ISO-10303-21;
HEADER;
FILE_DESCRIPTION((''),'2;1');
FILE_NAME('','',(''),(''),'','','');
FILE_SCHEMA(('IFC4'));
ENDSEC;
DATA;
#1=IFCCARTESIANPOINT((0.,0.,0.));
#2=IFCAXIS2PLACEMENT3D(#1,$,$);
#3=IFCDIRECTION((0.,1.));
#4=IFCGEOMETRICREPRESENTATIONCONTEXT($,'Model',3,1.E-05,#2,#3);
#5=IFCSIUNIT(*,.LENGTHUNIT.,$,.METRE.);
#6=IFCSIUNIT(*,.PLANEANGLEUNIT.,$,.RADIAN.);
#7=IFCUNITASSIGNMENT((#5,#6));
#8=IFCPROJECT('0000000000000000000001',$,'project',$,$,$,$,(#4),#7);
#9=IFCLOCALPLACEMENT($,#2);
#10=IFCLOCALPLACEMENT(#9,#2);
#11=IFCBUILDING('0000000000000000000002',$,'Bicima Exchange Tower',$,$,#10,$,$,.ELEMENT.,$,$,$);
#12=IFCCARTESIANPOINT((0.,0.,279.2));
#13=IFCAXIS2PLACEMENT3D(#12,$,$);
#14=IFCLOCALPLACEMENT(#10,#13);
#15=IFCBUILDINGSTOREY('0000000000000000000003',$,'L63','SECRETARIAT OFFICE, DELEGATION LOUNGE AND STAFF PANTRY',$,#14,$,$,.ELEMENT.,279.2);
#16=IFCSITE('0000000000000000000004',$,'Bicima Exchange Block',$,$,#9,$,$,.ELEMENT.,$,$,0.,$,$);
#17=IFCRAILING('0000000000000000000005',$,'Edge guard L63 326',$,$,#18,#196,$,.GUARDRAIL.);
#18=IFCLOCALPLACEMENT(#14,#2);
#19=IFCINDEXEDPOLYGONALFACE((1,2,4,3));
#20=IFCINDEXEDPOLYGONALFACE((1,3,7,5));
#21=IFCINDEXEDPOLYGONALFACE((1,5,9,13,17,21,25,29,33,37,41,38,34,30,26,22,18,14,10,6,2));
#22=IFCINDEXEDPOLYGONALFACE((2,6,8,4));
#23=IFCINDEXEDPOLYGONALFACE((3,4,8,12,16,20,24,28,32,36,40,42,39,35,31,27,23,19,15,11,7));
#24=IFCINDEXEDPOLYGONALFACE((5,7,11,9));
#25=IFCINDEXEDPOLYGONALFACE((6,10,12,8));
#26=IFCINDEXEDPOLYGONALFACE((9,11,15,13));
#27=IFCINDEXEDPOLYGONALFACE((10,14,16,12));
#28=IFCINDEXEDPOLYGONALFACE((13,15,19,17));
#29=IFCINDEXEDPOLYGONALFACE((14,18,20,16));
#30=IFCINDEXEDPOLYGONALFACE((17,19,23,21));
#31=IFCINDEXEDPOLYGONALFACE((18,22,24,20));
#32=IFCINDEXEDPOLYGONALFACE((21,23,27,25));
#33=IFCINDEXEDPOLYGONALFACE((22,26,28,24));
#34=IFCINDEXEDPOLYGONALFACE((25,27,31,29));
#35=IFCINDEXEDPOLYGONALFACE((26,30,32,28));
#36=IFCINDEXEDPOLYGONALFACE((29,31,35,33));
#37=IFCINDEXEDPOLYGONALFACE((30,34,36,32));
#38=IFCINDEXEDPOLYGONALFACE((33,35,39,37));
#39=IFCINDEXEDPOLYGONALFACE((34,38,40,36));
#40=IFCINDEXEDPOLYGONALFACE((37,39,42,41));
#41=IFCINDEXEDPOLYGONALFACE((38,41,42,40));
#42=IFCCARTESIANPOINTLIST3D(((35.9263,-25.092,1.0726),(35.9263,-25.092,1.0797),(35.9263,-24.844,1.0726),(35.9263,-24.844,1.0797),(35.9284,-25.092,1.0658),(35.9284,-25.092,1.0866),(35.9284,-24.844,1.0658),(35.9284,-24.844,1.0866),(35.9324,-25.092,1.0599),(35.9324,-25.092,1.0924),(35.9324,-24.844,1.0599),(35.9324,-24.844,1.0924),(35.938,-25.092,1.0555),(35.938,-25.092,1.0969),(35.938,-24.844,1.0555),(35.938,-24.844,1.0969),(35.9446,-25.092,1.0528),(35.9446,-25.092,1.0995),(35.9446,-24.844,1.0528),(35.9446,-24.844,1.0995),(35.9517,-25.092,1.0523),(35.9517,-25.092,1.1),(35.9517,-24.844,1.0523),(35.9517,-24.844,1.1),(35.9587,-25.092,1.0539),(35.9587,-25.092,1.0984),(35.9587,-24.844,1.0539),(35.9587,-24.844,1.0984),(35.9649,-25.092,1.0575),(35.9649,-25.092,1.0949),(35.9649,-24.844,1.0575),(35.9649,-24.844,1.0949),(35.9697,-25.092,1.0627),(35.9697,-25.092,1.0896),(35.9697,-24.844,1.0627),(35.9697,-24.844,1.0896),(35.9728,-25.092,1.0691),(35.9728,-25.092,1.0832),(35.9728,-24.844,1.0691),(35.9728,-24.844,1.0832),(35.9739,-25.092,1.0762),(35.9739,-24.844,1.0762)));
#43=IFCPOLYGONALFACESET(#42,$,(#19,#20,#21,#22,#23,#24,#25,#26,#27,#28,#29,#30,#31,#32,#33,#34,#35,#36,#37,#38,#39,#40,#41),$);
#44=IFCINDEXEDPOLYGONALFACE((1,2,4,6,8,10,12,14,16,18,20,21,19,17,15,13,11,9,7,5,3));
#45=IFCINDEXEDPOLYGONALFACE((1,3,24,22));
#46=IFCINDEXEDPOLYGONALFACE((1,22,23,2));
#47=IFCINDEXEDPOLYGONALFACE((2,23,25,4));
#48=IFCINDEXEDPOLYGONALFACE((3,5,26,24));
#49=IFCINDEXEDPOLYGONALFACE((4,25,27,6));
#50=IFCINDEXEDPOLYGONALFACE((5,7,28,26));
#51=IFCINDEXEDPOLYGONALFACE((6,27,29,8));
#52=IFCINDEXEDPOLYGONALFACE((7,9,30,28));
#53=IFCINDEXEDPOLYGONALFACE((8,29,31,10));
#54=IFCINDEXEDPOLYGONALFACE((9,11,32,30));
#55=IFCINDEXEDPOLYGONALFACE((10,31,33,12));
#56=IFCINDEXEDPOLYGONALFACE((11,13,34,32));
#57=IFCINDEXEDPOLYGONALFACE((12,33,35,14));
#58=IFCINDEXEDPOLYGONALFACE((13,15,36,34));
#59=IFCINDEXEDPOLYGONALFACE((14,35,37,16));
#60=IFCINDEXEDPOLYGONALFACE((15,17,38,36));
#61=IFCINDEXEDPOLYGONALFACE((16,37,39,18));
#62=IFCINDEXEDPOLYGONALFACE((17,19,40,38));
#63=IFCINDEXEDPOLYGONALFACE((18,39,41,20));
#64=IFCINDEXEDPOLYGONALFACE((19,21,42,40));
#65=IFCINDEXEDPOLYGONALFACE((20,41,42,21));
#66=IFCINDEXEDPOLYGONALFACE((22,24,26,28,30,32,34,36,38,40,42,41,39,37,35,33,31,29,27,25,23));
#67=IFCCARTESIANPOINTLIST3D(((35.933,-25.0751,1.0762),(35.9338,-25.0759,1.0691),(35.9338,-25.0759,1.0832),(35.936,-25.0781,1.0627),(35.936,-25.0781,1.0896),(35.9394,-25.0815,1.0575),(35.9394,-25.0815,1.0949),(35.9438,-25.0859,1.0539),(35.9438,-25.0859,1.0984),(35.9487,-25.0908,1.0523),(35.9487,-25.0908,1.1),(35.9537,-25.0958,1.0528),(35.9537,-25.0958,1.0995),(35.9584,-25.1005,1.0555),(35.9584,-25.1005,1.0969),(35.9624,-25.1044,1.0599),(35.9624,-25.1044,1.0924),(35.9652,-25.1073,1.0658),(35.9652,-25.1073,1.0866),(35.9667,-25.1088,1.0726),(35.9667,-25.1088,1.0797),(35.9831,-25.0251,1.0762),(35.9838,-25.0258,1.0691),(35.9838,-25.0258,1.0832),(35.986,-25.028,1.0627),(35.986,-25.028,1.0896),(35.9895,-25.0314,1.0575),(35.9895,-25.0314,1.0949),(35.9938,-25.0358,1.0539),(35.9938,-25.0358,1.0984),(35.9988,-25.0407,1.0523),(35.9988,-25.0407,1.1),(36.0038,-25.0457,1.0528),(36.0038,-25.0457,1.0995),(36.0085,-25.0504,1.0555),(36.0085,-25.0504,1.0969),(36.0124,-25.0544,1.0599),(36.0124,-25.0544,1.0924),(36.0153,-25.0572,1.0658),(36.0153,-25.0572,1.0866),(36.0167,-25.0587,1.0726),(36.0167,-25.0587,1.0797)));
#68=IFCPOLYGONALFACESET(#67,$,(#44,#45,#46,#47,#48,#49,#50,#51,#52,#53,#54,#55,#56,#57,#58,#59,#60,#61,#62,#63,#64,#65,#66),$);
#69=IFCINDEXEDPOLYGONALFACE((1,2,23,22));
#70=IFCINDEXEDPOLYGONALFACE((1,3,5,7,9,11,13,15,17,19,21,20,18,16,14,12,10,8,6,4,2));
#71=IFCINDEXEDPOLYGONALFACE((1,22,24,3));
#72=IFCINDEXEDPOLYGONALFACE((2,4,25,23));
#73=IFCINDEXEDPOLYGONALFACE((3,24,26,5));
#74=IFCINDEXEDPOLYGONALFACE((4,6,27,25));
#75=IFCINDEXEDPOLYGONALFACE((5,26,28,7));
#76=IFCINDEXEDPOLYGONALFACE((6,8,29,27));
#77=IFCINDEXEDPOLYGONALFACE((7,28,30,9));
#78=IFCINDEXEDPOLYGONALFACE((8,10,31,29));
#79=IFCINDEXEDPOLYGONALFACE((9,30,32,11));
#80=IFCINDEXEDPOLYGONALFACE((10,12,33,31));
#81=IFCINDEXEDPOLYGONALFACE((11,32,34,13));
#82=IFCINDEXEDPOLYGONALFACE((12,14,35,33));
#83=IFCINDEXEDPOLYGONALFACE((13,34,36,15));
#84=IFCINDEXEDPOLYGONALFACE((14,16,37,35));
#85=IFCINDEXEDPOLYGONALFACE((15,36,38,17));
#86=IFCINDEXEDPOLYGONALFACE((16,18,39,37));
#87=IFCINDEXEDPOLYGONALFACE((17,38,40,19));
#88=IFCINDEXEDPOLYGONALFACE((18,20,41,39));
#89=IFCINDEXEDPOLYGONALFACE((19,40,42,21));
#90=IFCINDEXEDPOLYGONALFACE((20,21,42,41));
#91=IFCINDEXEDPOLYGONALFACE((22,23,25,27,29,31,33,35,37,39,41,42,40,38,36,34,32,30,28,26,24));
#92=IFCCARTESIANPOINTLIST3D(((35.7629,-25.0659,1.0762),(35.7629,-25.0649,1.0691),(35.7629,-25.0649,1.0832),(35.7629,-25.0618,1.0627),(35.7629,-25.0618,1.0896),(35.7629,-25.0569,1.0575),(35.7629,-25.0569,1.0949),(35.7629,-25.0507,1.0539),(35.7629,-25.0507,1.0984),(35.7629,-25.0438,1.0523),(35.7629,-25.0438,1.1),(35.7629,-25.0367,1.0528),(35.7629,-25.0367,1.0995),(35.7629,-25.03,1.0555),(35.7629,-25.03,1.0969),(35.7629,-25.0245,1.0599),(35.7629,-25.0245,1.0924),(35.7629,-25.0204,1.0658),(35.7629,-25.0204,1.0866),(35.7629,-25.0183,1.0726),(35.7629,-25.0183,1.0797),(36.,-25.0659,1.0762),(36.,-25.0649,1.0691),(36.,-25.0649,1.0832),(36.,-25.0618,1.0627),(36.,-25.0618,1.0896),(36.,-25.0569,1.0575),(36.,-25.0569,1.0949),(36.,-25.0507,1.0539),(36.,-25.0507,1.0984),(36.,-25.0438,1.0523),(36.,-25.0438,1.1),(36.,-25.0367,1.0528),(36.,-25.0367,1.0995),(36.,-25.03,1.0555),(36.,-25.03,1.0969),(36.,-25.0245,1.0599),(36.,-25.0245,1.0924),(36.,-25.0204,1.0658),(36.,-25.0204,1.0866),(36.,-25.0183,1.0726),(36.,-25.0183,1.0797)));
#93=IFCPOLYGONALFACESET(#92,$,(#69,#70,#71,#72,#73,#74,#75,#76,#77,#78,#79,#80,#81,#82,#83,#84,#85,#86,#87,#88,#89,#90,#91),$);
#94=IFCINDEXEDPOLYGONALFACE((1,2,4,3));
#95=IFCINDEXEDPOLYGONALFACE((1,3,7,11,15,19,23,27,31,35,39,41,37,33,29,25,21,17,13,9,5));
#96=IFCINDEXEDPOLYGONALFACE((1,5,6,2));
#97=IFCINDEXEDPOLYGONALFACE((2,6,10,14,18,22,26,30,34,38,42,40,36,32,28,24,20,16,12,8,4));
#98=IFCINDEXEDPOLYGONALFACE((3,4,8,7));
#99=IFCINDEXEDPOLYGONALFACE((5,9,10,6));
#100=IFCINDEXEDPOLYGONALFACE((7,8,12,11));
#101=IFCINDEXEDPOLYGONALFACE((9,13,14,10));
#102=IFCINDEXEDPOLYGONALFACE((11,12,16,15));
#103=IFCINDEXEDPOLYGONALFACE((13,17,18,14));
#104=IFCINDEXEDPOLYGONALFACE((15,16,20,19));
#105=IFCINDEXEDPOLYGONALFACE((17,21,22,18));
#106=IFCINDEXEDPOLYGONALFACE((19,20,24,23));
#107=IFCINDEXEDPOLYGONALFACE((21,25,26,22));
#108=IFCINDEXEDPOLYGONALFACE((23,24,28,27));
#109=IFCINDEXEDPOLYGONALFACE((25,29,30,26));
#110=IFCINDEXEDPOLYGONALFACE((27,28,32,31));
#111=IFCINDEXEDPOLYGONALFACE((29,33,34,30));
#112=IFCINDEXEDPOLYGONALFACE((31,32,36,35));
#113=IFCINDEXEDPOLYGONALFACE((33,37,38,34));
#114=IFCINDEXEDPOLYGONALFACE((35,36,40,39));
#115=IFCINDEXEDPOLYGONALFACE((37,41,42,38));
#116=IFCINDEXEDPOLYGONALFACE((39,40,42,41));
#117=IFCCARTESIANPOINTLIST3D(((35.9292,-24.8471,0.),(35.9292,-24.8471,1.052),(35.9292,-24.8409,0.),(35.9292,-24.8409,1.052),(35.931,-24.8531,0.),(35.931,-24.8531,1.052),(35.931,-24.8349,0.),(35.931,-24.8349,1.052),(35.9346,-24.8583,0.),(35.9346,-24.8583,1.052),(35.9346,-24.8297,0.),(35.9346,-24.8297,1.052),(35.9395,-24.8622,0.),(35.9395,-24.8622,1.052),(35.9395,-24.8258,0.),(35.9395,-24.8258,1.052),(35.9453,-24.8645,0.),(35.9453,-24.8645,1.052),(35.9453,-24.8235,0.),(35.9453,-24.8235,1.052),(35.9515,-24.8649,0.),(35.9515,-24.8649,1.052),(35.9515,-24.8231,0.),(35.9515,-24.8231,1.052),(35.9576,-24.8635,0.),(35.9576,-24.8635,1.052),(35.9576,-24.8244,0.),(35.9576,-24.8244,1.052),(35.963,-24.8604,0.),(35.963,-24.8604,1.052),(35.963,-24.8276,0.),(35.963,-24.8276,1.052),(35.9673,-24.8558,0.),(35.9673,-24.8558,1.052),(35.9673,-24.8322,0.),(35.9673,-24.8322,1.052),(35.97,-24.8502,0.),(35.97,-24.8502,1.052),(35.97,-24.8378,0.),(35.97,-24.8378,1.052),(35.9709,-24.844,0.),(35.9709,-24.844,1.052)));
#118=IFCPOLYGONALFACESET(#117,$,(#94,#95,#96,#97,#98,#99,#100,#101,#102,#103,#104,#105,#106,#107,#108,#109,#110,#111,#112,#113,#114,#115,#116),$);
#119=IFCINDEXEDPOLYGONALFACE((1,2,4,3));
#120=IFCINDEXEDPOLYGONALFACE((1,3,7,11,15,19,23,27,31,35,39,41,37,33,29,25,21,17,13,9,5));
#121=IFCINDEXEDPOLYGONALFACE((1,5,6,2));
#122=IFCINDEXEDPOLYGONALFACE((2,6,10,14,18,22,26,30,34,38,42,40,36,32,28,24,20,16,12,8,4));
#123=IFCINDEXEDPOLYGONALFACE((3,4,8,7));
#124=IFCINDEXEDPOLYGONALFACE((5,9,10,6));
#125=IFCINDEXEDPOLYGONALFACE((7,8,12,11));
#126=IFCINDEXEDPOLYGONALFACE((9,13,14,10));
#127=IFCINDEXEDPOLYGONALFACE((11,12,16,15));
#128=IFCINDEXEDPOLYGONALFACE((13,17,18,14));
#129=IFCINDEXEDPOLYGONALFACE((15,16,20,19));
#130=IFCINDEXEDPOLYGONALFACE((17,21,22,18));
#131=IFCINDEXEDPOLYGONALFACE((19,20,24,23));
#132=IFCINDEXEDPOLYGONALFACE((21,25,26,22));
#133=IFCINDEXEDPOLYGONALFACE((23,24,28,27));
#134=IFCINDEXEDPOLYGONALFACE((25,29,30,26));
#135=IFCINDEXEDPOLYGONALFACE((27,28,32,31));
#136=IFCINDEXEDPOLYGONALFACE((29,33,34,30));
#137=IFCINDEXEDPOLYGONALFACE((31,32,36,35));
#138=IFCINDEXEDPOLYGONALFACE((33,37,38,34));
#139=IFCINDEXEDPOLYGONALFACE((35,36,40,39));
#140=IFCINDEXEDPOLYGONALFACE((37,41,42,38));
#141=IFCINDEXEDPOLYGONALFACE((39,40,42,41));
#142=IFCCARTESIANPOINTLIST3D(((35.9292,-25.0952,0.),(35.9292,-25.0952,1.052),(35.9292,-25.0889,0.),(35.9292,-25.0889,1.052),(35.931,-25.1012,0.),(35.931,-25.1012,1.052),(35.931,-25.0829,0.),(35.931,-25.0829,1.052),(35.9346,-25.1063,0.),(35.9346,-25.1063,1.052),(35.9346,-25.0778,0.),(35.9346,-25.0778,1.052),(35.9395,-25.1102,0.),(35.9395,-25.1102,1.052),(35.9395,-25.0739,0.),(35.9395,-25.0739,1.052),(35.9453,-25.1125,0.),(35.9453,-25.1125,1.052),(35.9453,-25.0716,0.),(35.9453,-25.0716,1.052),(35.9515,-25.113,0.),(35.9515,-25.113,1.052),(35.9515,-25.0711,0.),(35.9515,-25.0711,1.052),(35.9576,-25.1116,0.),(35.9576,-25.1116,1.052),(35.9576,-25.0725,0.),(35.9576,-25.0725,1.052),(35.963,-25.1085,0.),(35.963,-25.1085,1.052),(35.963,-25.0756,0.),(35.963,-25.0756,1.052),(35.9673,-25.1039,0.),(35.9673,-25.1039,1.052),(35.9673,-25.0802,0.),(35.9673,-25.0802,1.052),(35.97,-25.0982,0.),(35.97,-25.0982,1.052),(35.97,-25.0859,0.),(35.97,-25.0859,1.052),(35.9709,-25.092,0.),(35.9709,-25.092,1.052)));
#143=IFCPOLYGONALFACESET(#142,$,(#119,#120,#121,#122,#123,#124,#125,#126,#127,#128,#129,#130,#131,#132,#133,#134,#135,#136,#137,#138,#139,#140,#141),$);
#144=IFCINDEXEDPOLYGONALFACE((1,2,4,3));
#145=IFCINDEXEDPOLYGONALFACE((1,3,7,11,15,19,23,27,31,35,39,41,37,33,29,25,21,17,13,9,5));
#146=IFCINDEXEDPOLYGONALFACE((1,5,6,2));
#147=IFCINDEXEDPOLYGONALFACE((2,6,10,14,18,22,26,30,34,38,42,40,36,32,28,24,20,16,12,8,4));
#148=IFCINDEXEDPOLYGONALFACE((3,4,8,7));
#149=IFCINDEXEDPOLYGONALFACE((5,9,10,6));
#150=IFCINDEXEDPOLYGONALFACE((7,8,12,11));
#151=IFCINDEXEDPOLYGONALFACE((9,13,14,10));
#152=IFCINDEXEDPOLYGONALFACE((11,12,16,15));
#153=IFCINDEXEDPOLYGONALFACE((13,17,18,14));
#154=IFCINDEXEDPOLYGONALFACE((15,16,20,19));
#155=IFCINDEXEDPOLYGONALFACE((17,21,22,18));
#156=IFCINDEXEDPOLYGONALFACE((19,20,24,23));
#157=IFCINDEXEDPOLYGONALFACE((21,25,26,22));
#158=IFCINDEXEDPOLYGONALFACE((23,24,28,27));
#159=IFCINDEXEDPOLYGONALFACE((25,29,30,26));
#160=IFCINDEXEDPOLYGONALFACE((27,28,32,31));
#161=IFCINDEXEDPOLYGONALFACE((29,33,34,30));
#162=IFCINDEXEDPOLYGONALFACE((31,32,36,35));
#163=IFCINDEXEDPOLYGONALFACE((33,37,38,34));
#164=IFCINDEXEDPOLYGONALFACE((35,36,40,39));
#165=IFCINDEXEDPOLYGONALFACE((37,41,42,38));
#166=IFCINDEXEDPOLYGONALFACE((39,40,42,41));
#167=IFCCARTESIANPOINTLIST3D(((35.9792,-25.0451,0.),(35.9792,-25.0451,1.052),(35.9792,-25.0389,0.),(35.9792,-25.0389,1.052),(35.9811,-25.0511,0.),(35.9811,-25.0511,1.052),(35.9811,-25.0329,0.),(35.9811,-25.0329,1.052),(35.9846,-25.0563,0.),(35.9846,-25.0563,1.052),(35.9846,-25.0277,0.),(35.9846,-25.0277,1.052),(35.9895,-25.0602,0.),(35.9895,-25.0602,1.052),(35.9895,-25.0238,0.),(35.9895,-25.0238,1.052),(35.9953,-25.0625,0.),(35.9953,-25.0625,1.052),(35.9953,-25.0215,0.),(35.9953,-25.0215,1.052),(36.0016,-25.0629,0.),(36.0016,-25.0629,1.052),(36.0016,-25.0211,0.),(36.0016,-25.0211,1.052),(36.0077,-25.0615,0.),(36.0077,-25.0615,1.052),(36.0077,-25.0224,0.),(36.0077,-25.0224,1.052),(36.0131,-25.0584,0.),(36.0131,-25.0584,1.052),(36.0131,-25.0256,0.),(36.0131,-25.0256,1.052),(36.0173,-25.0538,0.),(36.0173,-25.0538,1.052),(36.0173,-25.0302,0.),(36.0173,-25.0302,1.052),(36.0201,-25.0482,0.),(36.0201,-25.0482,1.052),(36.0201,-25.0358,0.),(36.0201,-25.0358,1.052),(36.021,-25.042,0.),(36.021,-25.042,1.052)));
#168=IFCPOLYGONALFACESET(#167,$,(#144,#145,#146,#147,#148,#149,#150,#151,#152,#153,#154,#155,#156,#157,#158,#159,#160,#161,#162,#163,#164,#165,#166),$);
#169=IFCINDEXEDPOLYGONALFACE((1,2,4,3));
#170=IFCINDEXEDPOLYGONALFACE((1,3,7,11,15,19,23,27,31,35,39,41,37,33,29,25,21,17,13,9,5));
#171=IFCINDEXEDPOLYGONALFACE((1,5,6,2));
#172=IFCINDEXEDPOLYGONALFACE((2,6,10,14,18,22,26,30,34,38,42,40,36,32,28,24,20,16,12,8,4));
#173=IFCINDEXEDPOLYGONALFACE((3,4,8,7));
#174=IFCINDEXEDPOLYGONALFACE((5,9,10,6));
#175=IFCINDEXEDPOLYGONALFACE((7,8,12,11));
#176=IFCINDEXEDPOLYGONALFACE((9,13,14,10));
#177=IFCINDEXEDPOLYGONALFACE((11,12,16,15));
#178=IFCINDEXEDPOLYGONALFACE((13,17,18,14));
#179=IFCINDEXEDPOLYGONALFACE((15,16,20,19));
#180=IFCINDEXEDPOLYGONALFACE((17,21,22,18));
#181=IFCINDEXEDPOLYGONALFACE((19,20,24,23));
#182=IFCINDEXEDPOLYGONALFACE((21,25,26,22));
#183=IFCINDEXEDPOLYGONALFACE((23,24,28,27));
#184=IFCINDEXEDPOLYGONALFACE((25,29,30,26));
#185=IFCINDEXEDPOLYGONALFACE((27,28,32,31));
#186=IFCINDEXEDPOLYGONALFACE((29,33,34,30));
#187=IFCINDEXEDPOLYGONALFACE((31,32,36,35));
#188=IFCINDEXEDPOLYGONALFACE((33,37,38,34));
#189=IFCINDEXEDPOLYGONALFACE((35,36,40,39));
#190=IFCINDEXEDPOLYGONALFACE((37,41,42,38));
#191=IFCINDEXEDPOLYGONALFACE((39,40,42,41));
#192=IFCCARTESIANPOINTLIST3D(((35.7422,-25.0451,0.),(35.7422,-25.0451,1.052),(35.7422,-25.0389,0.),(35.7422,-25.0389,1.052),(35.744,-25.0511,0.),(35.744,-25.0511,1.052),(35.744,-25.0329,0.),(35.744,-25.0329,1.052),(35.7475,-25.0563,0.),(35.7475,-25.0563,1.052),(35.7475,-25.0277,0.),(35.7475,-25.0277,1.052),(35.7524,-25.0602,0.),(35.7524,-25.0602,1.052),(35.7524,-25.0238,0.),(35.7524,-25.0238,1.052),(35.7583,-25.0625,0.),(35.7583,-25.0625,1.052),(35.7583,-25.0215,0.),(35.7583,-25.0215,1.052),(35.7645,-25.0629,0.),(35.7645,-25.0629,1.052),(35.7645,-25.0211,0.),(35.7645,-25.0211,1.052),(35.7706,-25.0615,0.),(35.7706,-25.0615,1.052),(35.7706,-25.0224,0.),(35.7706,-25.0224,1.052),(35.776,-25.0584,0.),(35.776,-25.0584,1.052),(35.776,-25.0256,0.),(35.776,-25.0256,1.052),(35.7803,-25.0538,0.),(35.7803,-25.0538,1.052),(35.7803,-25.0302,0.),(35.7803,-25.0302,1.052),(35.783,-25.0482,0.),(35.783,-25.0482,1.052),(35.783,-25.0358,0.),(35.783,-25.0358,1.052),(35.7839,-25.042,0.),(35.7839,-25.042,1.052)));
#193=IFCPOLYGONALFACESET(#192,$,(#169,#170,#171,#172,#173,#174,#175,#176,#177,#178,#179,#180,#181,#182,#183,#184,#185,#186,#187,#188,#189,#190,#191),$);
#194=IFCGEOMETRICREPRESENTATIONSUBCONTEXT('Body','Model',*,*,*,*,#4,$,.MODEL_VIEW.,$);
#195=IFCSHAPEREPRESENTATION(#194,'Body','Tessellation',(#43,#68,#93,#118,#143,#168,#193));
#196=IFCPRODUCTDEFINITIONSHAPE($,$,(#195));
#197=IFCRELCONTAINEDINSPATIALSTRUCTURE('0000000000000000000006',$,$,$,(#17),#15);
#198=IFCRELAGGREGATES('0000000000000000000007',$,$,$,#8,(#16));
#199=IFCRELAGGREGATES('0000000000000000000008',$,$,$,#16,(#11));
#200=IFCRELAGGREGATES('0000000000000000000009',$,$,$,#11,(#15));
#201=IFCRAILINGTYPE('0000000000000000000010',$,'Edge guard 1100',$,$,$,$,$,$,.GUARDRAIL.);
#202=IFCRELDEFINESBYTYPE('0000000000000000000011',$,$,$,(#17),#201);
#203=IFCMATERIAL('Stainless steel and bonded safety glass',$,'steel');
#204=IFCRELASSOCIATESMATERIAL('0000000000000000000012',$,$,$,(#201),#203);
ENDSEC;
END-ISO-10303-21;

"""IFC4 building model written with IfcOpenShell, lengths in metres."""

from ifc_helpers import new_model, si_unit, direction, frame, origin, origin_2d, place, context, subcontext, project, spatial, circle, extrude, material, type_object, element, save


model = new_model("IFC4")

# Units and contexts
model_context = context("Model", 3, precision=1e-05, world=origin(), true_north=direction((0.0, 1.0)))
body_context = subcontext(model_context, "Body", "Model", "MODEL_VIEW")
ifc_project = project(units=[si_unit("LENGTHUNIT", "METRE"), si_unit("PLANEANGLEUNIT", "RADIAN")], contexts=[model_context])

# Site, building, storey
site_placement = place(None, origin())
site = spatial("IfcSite", under=ifc_project, at=site_placement, Name="Bicima Exchange Block", CompositionType="ELEMENT", RefElevation=0.0)
building_placement = place(site_placement, origin())
building = spatial("IfcBuilding", under=site, at=building_placement, Name="Bicima Exchange Tower", CompositionType="ELEMENT")
storey_placement = place(building_placement, frame((0.0, 0.0, 279.2)))
storey = spatial("IfcBuildingStorey", under=building, at=storey_placement, Name="L63", Description="SECRETARIAT OFFICE, DELEGATION LOUNGE AND STAFF PANTRY", CompositionType="ELEMENT", Elevation=279.2)

# Railing
ifc_material_1 = material(Name="Stainless steel and bonded safety glass", Category="steel")
railing_type = type_object("IfcRailingType", Name="Edge guard 1100", PredefinedType="GUARDRAIL", material=ifc_material_1)
railing_1_placement = place(storey_placement, frame((35.95, -24.844, 0.0)))
element("IfcRailing", 1, at=railing_1_placement, inside=storey, type_object=railing_type, Name="Edge guard L63 326", PredefinedType="GUARDRAIL", context=body_context, shape_type="SweptSolid", body=[
    extrude(circle(Radius=0.0239, at=origin_2d()), frame((0.0, 0.0, 1.0762), z_axis=(0.0, -1.0, 0.0), x_axis=(1.0, 0.0, 0.0)), (0.0, 0.0, 1.0), 0.248),
    extrude(circle(Radius=0.0239, at=origin_2d()), frame((0.0, -0.248, 1.0762), z_axis=(0.707107, 0.707107, 0.0), x_axis=(-0.707107, 0.707107, 0.0)), (0.0, 0.0, 1.0), 0.0708),
    extrude(circle(Radius=0.0239, at=origin_2d()), frame((0.05, -0.198, 1.0762), z_axis=(-1.0, 0.0, 0.0), x_axis=(0.0, -1.0, 0.0)), (0.0, 0.0, 1.0), 0.2371),
    extrude(circle(Radius=0.021, at=origin_2d()), origin(), (0.0, 0.0, 1.0), 1.052),
    extrude(circle(Radius=0.021, at=origin_2d()), frame((0.0, -0.248, 0.0)), (0.0, 0.0, 1.0), 1.052),
    extrude(circle(Radius=0.021, at=origin_2d()), frame((0.05, -0.198, 0.0)), (0.0, 0.0, 1.0), 1.052),
    extrude(circle(Radius=0.021, at=origin_2d()), frame((-0.187, -0.198, 0.0)), (0.0, 0.0, 1.0), 1.052),
])

save(model, "model.ifc")
